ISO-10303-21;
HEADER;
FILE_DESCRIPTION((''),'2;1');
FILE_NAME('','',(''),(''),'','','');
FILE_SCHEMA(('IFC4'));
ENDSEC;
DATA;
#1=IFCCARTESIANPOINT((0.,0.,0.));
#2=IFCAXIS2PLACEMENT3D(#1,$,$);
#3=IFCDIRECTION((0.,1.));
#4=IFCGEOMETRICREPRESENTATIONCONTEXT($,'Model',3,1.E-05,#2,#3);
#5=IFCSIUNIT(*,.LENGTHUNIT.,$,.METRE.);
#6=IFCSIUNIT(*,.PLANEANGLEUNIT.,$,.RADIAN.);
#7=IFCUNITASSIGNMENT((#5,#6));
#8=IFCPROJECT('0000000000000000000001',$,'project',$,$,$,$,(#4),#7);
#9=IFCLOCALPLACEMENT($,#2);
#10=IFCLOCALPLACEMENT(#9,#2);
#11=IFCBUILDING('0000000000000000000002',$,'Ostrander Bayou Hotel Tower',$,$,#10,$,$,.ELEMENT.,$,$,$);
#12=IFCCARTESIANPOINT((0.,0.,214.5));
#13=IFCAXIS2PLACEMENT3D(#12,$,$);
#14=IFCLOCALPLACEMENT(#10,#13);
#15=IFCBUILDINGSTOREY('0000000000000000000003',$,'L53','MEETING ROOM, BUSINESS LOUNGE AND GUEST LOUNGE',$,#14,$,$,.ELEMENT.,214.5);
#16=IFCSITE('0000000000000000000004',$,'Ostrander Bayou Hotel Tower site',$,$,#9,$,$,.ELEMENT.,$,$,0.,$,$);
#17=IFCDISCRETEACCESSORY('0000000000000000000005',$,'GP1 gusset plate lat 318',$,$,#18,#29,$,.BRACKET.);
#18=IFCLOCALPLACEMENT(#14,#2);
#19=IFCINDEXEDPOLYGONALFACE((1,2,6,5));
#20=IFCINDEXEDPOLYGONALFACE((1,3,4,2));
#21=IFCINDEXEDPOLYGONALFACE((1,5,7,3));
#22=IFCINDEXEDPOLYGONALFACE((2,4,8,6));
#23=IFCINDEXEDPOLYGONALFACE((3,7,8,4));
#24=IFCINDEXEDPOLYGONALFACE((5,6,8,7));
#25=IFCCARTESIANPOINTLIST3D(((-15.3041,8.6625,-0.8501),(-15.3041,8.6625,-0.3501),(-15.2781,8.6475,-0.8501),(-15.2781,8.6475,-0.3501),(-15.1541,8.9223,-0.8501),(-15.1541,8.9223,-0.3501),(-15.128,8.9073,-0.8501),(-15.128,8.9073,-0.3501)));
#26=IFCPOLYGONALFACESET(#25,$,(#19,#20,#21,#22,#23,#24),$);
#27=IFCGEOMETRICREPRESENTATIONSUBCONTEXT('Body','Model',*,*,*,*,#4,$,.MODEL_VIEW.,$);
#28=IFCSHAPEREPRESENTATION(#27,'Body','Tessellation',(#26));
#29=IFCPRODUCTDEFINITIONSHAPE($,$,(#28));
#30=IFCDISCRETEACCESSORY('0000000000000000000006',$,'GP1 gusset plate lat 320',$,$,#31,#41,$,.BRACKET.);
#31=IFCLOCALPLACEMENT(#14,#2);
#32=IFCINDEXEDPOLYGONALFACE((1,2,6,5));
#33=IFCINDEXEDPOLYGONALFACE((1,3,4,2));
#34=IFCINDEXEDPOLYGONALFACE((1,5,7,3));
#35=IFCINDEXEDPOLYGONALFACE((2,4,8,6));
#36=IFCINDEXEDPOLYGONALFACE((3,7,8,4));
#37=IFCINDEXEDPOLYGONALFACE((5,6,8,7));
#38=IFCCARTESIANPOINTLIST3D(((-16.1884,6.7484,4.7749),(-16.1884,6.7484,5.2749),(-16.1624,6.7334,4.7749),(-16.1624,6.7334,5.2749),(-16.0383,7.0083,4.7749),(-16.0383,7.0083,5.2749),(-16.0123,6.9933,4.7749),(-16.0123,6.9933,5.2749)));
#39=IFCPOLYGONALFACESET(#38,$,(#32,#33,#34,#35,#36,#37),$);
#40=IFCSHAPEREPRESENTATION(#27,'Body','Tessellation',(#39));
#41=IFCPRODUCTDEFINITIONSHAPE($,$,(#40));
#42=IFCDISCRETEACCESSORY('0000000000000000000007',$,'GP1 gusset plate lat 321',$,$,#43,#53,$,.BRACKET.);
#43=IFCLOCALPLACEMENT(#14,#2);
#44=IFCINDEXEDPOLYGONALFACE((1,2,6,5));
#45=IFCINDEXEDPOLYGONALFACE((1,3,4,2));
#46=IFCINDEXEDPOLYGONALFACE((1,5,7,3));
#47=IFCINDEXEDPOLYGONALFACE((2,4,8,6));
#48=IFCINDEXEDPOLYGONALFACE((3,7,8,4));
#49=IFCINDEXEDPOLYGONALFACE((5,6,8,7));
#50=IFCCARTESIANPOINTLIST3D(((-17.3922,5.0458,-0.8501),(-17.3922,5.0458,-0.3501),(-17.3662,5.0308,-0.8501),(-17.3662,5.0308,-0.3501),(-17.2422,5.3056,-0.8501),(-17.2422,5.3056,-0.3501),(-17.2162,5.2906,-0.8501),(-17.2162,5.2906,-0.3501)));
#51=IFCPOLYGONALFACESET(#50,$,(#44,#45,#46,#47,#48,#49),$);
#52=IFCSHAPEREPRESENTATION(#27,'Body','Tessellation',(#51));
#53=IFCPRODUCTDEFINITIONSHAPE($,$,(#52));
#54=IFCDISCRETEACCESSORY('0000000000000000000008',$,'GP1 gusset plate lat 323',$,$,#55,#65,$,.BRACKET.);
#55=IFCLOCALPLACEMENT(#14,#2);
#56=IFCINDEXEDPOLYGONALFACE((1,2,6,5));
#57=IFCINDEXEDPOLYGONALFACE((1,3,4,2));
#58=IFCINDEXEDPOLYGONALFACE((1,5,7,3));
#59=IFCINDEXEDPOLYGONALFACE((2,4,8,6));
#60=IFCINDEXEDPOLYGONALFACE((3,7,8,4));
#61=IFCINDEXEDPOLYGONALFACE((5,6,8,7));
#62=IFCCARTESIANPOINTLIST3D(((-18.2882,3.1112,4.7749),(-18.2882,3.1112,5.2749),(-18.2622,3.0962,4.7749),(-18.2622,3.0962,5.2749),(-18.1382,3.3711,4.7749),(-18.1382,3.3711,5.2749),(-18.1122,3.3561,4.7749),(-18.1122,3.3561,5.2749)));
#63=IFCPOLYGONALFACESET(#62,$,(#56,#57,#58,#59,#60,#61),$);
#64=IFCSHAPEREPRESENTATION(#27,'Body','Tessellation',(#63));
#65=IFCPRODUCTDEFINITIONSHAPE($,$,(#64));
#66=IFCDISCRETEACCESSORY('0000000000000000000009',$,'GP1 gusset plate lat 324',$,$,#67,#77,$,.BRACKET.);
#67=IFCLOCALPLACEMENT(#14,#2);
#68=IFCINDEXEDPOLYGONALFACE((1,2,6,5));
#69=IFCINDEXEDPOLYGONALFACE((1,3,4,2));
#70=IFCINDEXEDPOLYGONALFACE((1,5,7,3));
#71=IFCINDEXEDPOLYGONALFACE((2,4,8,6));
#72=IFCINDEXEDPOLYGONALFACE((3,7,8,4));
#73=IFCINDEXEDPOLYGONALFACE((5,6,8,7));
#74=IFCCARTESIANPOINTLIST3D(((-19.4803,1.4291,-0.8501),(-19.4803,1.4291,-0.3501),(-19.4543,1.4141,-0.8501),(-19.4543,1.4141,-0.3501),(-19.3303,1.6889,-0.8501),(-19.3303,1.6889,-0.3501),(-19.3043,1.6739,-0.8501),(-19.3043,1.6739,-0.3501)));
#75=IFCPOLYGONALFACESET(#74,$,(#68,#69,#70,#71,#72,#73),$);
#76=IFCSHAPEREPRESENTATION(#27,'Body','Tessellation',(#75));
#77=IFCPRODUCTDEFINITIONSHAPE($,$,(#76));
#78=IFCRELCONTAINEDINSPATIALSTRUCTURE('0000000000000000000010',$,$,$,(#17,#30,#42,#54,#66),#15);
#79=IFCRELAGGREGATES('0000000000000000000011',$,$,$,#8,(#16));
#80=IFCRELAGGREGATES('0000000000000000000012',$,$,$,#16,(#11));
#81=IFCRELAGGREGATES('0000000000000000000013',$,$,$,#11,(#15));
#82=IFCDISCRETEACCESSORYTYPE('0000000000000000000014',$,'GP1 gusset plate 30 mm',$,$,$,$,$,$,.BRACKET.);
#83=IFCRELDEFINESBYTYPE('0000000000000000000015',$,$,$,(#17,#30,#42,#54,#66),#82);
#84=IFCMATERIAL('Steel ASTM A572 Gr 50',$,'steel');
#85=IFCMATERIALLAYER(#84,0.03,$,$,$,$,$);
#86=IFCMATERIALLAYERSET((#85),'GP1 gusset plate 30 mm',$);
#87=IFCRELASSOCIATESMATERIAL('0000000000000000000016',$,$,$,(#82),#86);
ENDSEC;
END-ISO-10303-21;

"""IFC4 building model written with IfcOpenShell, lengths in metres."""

from ifc_helpers import new_model, si_unit, direction, frame, origin, origin_2d, place, context, subcontext, project, spatial, rectangle, extrude, material, layer, layer_set, type_object, element, save


model = new_model("IFC4")

# Units and contexts
model_context = context("Model", 3, precision=1e-05, world=origin(), true_north=direction((0.0, 1.0)))
body_context = subcontext(model_context, "Body", "Model", "MODEL_VIEW")
ifc_project = project(units=[si_unit("LENGTHUNIT", "METRE"), si_unit("PLANEANGLEUNIT", "RADIAN")], contexts=[model_context])

# Site, building, storey
site_placement = place(None, origin())
site = spatial("IfcSite", under=ifc_project, at=site_placement, Name="Ostrander Bayou Hotel Tower site", CompositionType="ELEMENT", RefElevation=0.0)
building_placement = place(site_placement, origin())
building = spatial("IfcBuilding", under=site, at=building_placement, Name="Ostrander Bayou Hotel Tower", CompositionType="ELEMENT")
storey_placement = place(building_placement, frame((0.0, 0.0, 214.5)))
storey = spatial("IfcBuildingStorey", under=building, at=storey_placement, Name="L53", Description="MEETING ROOM, BUSINESS LOUNGE AND GUEST LOUNGE", CompositionType="ELEMENT", Elevation=214.5)

# Discrete accessories
ifc_material_1 = material(Name="Steel ASTM A572 Gr 50", Category="steel")
ifc_layer_1 = layer(ifc_material_1, 0.03)
ifc_layer_set_1 = layer_set([ifc_layer_1], Name="GP1 gusset plate 30 mm")
discrete_accessory_type = type_object("IfcDiscreteAccessoryType", Name="GP1 gusset plate 30 mm", PredefinedType="BRACKET", material=ifc_layer_set_1)
for number, where, z_axis, x_axis, name in (
    (1, (-15.2161, 8.7849, -0.8501), (0.0, 0.0, 1.0), (-0.5, -0.866025, 0.0), "GP1 gusset plate lat 318"),
    (2, (-16.1003, 6.8708, 4.7749), (0.0, 0.0, 1.0), (-0.5, -0.866025, 0.0), "GP1 gusset plate lat 320"),
    (3, (-17.3042, 5.1682, -0.8501), (0.0, 0.0, 1.0), (-0.5, -0.866025, 0.0), "GP1 gusset plate lat 321"),
    (4, (-18.2002, 3.2336, 4.7749), (0.0, 0.0, 1.0), (-0.5, -0.866025, 0.0), "GP1 gusset plate lat 323"),
    (5, (-19.3923, 1.5515, -0.8501), (0.0, 0.0, 1.0), (-0.5, -0.866025, 0.0), "GP1 gusset plate lat 324"),
):
    element("IfcDiscreteAccessory", number, at=place(storey_placement, frame(where, z_axis=z_axis, x_axis=x_axis)), inside=storey, type_object=discrete_accessory_type, Name=name, PredefinedType="BRACKET", context=body_context, shape_type="SweptSolid", body=[
        extrude(rectangle(XDim=0.3, YDim=0.03, at=origin_2d()), origin(), (0.0, 0.0, 1.0), 0.5),
    ])

save(model, "model.ifc")
